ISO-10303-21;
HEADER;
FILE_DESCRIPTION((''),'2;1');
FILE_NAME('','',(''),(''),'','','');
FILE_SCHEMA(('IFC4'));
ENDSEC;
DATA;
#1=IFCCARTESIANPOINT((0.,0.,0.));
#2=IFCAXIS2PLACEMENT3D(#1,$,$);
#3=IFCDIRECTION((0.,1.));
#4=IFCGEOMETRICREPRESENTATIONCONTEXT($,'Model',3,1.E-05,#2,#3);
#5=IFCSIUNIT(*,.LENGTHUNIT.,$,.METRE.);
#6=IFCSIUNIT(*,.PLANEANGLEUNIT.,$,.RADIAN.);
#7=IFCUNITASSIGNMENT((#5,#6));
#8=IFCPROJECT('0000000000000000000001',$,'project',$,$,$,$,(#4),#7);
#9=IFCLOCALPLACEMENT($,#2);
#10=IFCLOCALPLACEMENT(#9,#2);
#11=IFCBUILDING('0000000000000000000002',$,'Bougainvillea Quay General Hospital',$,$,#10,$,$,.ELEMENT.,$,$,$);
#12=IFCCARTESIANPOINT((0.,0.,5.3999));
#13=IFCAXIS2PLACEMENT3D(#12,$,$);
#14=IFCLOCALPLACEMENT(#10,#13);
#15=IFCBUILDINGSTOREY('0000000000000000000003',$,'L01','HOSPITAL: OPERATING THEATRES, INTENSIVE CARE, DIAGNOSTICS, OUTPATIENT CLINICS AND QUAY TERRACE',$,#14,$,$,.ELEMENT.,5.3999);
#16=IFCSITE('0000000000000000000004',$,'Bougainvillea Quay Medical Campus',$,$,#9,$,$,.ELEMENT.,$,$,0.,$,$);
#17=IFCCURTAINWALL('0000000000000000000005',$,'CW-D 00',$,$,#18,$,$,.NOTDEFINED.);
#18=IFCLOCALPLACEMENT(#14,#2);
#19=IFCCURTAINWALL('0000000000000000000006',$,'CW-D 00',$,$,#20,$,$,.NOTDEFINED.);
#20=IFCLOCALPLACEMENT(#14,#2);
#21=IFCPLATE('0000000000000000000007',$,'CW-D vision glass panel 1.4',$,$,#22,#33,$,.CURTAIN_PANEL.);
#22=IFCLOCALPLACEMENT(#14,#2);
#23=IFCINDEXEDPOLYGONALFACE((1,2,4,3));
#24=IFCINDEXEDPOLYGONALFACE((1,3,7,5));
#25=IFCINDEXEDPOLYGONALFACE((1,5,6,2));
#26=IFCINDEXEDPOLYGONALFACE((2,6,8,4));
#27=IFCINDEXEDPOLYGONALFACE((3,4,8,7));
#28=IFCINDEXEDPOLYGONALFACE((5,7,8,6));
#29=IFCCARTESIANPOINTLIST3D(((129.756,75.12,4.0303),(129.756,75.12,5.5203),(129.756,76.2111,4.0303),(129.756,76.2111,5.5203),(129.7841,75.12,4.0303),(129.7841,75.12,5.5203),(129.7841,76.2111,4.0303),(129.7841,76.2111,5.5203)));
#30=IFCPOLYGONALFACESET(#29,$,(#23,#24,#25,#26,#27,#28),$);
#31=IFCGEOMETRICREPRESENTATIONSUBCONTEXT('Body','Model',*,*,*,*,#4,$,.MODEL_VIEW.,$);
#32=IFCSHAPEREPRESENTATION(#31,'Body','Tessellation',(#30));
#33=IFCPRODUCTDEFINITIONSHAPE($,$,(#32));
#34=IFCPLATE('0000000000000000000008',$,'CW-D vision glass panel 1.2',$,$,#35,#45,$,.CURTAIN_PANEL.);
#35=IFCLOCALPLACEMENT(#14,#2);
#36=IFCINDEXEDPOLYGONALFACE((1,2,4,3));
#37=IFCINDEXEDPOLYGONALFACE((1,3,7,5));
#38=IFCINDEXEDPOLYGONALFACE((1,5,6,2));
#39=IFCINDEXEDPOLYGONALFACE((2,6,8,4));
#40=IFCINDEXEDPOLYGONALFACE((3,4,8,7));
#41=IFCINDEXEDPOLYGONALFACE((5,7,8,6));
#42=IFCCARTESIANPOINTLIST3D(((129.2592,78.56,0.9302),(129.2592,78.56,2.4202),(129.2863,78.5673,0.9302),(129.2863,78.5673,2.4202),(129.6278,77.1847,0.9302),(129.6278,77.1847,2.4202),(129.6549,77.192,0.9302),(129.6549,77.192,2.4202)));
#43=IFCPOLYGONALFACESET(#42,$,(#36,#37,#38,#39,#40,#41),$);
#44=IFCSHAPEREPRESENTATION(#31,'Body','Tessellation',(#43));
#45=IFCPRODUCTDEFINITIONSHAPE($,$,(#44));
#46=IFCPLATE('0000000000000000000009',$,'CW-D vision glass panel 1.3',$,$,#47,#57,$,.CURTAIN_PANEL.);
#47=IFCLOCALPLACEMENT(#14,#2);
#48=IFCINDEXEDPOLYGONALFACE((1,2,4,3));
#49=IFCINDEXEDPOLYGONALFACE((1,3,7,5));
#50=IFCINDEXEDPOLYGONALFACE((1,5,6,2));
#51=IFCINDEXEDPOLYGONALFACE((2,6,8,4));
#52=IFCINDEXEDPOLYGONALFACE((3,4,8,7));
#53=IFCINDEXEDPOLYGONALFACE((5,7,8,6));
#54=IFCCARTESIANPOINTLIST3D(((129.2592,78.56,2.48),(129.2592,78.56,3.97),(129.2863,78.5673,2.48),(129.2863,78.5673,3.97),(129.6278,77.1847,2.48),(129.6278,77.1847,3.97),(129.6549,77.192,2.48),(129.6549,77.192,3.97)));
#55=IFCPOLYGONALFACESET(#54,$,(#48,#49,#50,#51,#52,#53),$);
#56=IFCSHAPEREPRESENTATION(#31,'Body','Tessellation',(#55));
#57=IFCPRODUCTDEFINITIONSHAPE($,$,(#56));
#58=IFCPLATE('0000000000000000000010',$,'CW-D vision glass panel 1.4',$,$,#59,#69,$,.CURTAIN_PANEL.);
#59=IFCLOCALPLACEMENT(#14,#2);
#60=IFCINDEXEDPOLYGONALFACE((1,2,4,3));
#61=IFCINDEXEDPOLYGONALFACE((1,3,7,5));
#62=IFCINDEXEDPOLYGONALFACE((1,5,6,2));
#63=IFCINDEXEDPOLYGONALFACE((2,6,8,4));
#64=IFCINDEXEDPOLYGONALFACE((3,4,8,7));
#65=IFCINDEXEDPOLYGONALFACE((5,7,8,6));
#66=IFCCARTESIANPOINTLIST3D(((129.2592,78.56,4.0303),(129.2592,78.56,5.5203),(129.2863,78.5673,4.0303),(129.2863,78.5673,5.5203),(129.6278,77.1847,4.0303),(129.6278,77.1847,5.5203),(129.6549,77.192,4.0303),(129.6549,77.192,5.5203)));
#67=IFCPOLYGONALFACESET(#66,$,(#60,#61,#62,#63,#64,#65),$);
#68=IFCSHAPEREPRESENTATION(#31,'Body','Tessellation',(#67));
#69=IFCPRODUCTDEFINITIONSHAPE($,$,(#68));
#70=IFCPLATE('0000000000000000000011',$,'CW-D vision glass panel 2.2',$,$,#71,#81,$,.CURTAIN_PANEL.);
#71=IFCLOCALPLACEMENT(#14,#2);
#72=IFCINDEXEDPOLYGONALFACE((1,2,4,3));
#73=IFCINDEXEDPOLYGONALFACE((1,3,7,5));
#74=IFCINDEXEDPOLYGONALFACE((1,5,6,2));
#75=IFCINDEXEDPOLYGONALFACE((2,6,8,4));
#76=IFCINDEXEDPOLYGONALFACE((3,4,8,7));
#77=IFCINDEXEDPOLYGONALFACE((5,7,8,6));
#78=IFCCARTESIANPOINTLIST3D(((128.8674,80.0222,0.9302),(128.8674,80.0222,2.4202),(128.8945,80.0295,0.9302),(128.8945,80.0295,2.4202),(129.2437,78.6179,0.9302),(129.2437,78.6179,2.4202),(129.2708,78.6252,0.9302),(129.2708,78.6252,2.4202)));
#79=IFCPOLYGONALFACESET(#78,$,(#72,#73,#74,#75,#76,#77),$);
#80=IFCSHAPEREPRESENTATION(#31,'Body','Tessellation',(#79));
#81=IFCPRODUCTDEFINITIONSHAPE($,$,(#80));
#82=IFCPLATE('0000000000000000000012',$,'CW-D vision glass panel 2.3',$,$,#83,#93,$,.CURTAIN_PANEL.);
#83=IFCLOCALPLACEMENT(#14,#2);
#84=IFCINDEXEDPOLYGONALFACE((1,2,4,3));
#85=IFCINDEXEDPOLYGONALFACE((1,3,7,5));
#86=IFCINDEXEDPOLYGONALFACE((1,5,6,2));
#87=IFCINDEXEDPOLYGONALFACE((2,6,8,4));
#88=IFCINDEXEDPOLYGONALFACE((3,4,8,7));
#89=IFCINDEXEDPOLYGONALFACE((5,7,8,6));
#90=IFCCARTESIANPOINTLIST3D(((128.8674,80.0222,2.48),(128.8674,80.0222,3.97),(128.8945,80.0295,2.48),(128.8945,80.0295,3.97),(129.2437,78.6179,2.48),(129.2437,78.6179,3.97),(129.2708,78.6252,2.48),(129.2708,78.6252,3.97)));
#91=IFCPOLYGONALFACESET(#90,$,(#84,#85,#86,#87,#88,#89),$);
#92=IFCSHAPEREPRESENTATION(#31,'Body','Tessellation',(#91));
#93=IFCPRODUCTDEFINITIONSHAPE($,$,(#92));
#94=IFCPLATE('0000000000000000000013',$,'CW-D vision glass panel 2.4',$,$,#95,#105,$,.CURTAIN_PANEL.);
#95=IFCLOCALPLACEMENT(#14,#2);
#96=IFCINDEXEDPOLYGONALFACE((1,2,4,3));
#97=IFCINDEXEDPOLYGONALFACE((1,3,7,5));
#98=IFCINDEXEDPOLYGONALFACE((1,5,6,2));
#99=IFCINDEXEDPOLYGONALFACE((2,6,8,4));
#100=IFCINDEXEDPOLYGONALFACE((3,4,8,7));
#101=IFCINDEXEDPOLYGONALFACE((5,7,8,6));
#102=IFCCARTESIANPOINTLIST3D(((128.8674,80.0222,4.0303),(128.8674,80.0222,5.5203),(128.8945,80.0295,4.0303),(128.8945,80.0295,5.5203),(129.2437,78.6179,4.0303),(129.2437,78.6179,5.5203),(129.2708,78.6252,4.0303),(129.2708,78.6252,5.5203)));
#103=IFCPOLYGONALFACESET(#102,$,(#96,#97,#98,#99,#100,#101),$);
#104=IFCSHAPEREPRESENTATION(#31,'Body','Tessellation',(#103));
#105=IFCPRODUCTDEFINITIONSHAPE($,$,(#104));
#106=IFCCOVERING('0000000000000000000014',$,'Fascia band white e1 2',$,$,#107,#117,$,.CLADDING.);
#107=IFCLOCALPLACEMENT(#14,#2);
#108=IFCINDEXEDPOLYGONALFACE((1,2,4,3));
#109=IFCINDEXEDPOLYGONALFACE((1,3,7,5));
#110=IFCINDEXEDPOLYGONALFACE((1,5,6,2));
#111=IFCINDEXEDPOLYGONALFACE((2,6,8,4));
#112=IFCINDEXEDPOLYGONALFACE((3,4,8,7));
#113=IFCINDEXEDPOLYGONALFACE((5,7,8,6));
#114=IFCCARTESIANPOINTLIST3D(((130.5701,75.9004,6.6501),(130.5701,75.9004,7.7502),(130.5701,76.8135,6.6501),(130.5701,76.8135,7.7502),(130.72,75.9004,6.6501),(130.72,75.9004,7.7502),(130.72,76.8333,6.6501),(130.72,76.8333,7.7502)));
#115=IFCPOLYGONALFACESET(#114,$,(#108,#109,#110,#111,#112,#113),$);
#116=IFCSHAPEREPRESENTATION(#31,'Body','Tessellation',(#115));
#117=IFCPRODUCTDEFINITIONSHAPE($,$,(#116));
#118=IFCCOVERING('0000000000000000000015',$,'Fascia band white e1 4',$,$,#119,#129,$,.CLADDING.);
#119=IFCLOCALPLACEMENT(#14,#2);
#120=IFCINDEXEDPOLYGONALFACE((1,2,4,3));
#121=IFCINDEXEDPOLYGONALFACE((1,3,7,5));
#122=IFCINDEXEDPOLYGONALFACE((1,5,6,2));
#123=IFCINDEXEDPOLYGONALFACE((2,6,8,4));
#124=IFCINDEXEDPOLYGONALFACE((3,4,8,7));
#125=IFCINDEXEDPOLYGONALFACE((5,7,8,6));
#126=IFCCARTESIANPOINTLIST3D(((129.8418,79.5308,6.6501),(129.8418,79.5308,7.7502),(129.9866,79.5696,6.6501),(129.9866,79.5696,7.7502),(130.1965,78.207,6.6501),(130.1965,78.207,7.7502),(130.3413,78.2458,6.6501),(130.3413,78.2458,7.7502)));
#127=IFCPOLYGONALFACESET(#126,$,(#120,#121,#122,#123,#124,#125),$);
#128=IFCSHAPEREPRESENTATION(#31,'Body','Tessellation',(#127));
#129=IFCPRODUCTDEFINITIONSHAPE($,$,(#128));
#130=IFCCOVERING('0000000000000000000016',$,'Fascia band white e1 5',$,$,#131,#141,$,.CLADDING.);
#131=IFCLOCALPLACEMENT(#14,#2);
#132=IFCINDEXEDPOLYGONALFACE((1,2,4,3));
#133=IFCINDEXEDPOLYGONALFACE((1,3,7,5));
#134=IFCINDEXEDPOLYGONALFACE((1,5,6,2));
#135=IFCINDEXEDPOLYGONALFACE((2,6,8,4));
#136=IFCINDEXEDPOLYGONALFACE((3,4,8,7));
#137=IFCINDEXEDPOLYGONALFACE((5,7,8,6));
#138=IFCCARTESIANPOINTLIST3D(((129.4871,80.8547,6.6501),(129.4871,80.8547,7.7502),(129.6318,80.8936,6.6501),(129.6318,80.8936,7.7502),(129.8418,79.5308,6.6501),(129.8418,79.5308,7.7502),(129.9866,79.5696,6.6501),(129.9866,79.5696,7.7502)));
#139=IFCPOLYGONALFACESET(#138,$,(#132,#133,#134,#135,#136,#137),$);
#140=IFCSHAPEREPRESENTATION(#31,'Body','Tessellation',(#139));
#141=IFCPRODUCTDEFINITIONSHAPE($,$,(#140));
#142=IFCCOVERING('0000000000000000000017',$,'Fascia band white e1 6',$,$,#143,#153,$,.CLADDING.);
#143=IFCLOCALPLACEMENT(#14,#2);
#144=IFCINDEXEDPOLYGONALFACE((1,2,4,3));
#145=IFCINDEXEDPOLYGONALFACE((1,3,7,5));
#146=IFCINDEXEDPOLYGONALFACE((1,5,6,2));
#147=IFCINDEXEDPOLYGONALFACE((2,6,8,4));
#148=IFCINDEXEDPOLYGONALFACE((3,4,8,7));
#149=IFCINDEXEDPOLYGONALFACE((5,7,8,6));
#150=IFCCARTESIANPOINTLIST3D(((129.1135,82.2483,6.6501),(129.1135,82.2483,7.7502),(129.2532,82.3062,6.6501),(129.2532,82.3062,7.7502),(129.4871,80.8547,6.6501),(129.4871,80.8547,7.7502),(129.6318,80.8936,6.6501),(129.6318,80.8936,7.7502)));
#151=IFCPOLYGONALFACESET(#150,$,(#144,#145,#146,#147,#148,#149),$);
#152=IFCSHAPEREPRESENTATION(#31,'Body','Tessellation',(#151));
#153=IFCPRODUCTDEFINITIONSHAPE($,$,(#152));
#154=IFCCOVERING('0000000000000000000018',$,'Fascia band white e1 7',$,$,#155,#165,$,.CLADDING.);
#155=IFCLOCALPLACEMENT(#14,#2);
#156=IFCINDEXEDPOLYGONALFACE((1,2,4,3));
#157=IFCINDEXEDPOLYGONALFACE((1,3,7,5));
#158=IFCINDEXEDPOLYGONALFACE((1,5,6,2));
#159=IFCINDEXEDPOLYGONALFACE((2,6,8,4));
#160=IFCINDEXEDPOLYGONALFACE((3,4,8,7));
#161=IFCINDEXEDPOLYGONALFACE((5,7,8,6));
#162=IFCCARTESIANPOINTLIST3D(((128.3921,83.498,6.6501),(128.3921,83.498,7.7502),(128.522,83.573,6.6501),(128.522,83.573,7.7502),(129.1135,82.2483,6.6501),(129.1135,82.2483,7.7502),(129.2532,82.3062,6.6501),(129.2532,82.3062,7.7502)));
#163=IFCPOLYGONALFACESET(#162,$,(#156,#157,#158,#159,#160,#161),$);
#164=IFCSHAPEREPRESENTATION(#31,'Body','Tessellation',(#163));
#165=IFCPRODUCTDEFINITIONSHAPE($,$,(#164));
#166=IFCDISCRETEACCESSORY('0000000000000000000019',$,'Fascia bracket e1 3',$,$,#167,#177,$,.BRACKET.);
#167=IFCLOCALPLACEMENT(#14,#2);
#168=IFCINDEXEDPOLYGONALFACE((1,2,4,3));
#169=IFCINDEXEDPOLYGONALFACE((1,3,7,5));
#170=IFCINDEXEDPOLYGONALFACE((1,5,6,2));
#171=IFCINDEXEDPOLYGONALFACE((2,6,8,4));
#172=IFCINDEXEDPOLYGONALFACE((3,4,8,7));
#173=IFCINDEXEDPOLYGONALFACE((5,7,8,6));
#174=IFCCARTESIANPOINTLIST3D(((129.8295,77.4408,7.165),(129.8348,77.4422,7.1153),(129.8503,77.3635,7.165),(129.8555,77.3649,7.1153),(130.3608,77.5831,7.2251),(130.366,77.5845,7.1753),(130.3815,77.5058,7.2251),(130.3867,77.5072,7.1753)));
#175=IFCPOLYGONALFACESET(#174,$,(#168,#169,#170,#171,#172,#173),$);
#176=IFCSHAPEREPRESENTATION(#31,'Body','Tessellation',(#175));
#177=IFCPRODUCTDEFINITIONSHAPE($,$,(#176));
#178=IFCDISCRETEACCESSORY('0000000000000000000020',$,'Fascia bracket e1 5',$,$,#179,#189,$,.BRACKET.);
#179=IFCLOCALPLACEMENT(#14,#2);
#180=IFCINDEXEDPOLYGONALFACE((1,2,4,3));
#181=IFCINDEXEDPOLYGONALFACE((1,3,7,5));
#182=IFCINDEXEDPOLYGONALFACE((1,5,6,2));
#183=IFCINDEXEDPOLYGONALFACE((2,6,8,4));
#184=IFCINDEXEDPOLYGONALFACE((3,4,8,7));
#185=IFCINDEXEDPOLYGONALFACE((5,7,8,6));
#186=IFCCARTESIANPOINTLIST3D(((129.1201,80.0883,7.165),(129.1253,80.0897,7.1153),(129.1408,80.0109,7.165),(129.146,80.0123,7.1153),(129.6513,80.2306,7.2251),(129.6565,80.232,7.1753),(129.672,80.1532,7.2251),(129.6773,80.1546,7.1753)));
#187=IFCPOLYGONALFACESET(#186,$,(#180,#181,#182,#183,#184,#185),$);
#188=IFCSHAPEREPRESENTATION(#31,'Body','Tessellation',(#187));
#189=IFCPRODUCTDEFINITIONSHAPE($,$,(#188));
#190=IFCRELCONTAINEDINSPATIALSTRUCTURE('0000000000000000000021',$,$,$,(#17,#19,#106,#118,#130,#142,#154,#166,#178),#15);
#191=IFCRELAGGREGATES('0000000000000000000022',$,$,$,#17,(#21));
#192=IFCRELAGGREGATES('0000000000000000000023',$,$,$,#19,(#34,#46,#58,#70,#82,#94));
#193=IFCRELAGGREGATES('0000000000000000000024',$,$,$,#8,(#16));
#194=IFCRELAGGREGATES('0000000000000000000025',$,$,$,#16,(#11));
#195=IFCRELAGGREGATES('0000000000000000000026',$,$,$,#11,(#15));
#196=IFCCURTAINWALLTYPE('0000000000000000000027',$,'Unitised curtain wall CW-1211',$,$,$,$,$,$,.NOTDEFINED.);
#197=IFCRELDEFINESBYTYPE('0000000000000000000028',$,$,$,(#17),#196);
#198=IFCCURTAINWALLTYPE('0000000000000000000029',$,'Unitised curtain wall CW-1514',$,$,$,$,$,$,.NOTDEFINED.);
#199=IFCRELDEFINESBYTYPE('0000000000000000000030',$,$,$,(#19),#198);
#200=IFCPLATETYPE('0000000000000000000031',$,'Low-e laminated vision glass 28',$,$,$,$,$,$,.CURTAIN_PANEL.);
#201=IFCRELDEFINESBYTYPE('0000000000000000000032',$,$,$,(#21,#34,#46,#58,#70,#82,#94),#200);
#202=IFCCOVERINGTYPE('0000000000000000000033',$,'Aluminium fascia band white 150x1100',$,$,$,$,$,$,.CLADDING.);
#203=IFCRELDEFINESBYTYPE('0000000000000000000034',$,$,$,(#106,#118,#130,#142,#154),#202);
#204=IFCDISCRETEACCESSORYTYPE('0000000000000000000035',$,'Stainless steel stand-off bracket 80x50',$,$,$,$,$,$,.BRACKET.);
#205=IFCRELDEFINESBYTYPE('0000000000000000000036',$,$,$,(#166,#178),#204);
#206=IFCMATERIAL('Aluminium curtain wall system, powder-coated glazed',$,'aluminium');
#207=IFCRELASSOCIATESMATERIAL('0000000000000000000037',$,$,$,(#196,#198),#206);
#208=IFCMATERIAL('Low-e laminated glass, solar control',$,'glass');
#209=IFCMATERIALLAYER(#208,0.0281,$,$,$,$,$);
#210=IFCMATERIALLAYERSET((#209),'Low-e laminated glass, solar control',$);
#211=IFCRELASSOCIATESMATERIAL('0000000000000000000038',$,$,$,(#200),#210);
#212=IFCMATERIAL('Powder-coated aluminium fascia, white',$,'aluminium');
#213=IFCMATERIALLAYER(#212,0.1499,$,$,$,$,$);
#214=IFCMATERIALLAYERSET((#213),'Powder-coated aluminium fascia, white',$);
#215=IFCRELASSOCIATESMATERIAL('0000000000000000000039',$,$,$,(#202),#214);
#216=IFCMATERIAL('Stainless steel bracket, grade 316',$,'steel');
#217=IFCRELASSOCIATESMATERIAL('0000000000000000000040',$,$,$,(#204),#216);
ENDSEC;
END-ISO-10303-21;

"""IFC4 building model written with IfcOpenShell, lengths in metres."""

from ifc_helpers import new_model, si_unit, direction, frame, origin, origin_2d, place, context, subcontext, project, spatial, polyline, rectangle, outline, extrude, material, layer, layer_set, material_profile, profile_set, type_object, element, aggregate, save


model = new_model("IFC4")

# Units and contexts
model_context = context("Model", 3, precision=1e-05, world=origin(), true_north=direction((0.0, 1.0)))
body_context = subcontext(model_context, "Body", "Model", "MODEL_VIEW")
ifc_project = project(units=[si_unit("LENGTHUNIT", "METRE"), si_unit("PLANEANGLEUNIT", "RADIAN")], contexts=[model_context])

# Site, building, storey
site_placement = place(None, origin())
site = spatial("IfcSite", under=ifc_project, at=site_placement, Name="Bougainvillea Quay Medical Campus", CompositionType="ELEMENT", RefElevation=0.0)
building_placement = place(site_placement, origin())
building = spatial("IfcBuilding", under=site, at=building_placement, Name="Bougainvillea Quay General Hospital", CompositionType="ELEMENT")
storey_placement = place(building_placement, frame((0.0, 0.0, 5.3999)))
storey = spatial("IfcBuildingStorey", under=building, at=storey_placement, Name="L01", Description="HOSPITAL: OPERATING THEATRES, INTENSIVE CARE, DIAGNOSTICS, OUTPATIENT CLINICS AND QUAY TERRACE", CompositionType="ELEMENT", Elevation=5.3999)

# Curtain wall
ifc_material_1 = material(Name="Aluminium curtain wall system, powder-coated glazed", Category="aluminium")
curtain_wall_type_1 = type_object("IfcCurtainWallType", Name="Unitised curtain wall CW-1211", PredefinedType="NOTDEFINED", material=ifc_material_1)
curtain_wall_1_placement = place(storey_placement, origin())
curtain_wall_1 = element("IfcCurtainWall", 1, at=curtain_wall_1_placement, inside=storey, type_object=curtain_wall_type_1, Name="CW-D 00", PredefinedType="NOTDEFINED")

# Curtain wall
curtain_wall_type_2 = type_object("IfcCurtainWallType", Name="Unitised curtain wall CW-1514", PredefinedType="NOTDEFINED", material=ifc_material_1)
curtain_wall_2_placement = place(storey_placement, origin())
curtain_wall_2 = element("IfcCurtainWall", 2, at=curtain_wall_2_placement, inside=storey, type_object=curtain_wall_type_2, Name="CW-D 00", PredefinedType="NOTDEFINED")

# Plates
ifc_material_2 = material(Name="Low-e laminated glass, solar control", Category="glass")
ifc_layer_1 = layer(ifc_material_2, 0.0281)
ifc_layer_set_1 = layer_set([ifc_layer_1], Name="Low-e laminated glass, solar control")
plate_type_1 = type_object("IfcPlateType", Name="Low-e laminated vision glass 28", PredefinedType="CURTAIN_PANEL", material=ifc_layer_set_1)
plate_1_placement = place(storey_placement, frame((129.77, 75.6655, 4.0303), z_axis=(0.0, 0.0, 1.0), x_axis=(0.0, 1.0, 0.0)))
plate_1 = element("IfcPlate", 3, at=plate_1_placement, type_object=plate_type_1, Name="CW-D vision glass panel 1.4", PredefinedType="CURTAIN_PANEL", context=body_context, shape_type="SweptSolid", body=[
    extrude(rectangle(XDim=1.0911, YDim=0.0281, at=origin_2d()), origin(), (0.0, 0.0, 1.0), 1.49),
])
aggregate(curtain_wall_1, [plate_1])
plate_2_placement = place(storey_placement, frame((129.457, 77.876, 0.9302), z_axis=(0.0, 0.0, 1.0), x_axis=(-0.258855, 0.965916, 0.0)))
plate_2 = element("IfcPlate", 4, at=plate_2_placement, type_object=plate_type_1, Name="CW-D vision glass panel 1.2", PredefinedType="CURTAIN_PANEL", context=body_context, shape_type="SweptSolid", body=[
    extrude(rectangle(XDim=1.4238, YDim=0.0281, at=origin_2d()), origin(), (0.0, 0.0, 1.0), 1.49),
])
plate_3_placement = place(storey_placement, frame((129.457, 77.876, 2.48), z_axis=(0.0, 0.0, 1.0), x_axis=(-0.258855, 0.965916, 0.0)))
plate_3 = element("IfcPlate", 5, at=plate_3_placement, type_object=plate_type_1, Name="CW-D vision glass panel 1.3", PredefinedType="CURTAIN_PANEL", context=body_context, shape_type="SweptSolid", body=[
    extrude(rectangle(XDim=1.4238, YDim=0.0281, at=origin_2d()), origin(), (0.0, 0.0, 1.0), 1.49),
])
plate_4_placement = place(storey_placement, frame((129.457, 77.876, 4.0303), z_axis=(0.0, 0.0, 1.0), x_axis=(-0.258855, 0.965916, 0.0)))
plate_4 = element("IfcPlate", 6, at=plate_4_placement, type_object=plate_type_1, Name="CW-D vision glass panel 1.4", PredefinedType="CURTAIN_PANEL", context=body_context, shape_type="SweptSolid", body=[
    extrude(rectangle(XDim=1.4238, YDim=0.0281, at=origin_2d()), origin(), (0.0, 0.0, 1.0), 1.49),
])
plate_5_placement = place(storey_placement, frame((129.0691, 79.3237, 0.9302), z_axis=(0.0, 0.0, 1.0), x_axis=(-0.258855, 0.965916, 0.0)))
plate_5 = element("IfcPlate", 7, at=plate_5_placement, type_object=plate_type_1, Name="CW-D vision glass panel 2.2", PredefinedType="CURTAIN_PANEL", context=body_context, shape_type="SweptSolid", body=[
    extrude(rectangle(XDim=1.4539, YDim=0.0281, at=origin_2d()), origin(), (0.0, 0.0, 1.0), 1.49),
])
plate_6_placement = place(storey_placement, frame((129.0691, 79.3237, 2.48), z_axis=(0.0, 0.0, 1.0), x_axis=(-0.258855, 0.965916, 0.0)))
plate_6 = element("IfcPlate", 8, at=plate_6_placement, type_object=plate_type_1, Name="CW-D vision glass panel 2.3", PredefinedType="CURTAIN_PANEL", context=body_context, shape_type="SweptSolid", body=[
    extrude(rectangle(XDim=1.4539, YDim=0.0281, at=origin_2d()), origin(), (0.0, 0.0, 1.0), 1.49),
])
plate_7_placement = place(storey_placement, frame((129.0691, 79.3237, 4.0303), z_axis=(0.0, 0.0, 1.0), x_axis=(-0.258855, 0.965916, 0.0)))
plate_7 = element("IfcPlate", 9, at=plate_7_placement, type_object=plate_type_1, Name="CW-D vision glass panel 2.4", PredefinedType="CURTAIN_PANEL", context=body_context, shape_type="SweptSolid", body=[
    extrude(rectangle(XDim=1.4539, YDim=0.0281, at=origin_2d()), origin(), (0.0, 0.0, 1.0), 1.49),
])
aggregate(curtain_wall_2, [plate_2, plate_3, plate_4, plate_5, plate_6, plate_7])

# Coverings
ifc_material_3 = material(Name="Powder-coated aluminium fascia, white", Category="aluminium")
ifc_layer_2 = layer(ifc_material_3, 0.1499)
ifc_layer_set_2 = layer_set([ifc_layer_2], Name="Powder-coated aluminium fascia, white")
covering_type = type_object("IfcCoveringType", Name="Aluminium fascia band white 150x1100", PredefinedType="CLADDING", material=ifc_layer_set_2)
covering_1_placement = place(storey_placement, frame((130.5701, 75.9004, 6.6501), z_axis=(0.0, 0.0, 1.0), x_axis=(0.0, 1.0, 0.0)))
element("IfcCovering", 10, at=covering_1_placement, inside=storey, type_object=covering_type, Name="Fascia band white e1 2", PredefinedType="CLADDING", context=body_context, shape_type="SweptSolid", body=[
    extrude(outline(polyline([(0.0, 0.0), (0.9131, 0.0), (0.9329, -0.1499), (0.0, -0.1499), (0.0, 0.0)])), origin(), (0.0, 0.0, 1.0), 1.1001),
])
covering_2_placement = place(storey_placement, frame((130.1965, 78.207, 6.6501), z_axis=(0.0, 0.0, 1.0), x_axis=(-0.258849, 0.965918, 0.0)))
element("IfcCovering", 11, at=covering_2_placement, inside=storey, type_object=covering_type, Name="Fascia band white e1 4", PredefinedType="CLADDING", context=body_context, shape_type="SweptSolid", body=[
    extrude(outline(polyline([(0.0, 0.0), (1.3704, 0.0), (1.3705, -0.1499), (0.0, -0.1499), (0.0, 0.0)])), origin(), (0.0, 0.0, 1.0), 1.1001),
])
covering_3_placement = place(storey_placement, frame((129.8418, 79.5308, 6.6501), z_axis=(0.0, 0.0, 1.0), x_axis=(-0.258804, 0.96593, 0.0)))
element("IfcCovering", 12, at=covering_3_placement, inside=storey, type_object=covering_type, Name="Fascia band white e1 5", PredefinedType="CLADDING", context=body_context, shape_type="SweptSolid", body=[
    extrude(outline(polyline([(0.0, 0.0), (1.3707, 0.0), (1.3707, -0.1499), (0.0, -0.1499), (0.0, 0.0)])), origin(), (0.0, 0.0, 1.0), 1.1001),
])
covering_4_placement = place(storey_placement, frame((129.4871, 80.8547, 6.6501), z_axis=(0.0, 0.0, 1.0), x_axis=(-0.258905, 0.965903, 0.0)))
element("IfcCovering", 13, at=covering_4_placement, inside=storey, type_object=covering_type, Name="Fascia band white e1 6", PredefinedType="CLADDING", context=body_context, shape_type="SweptSolid", body=[
    extrude(outline(polyline([(0.0, 0.0), (1.4427, 0.0), (1.4625, -0.1499), (0.0, -0.1499), (0.0, 0.0)])), origin(), (0.0, 0.0, 1.0), 1.1001),
])
covering_5_placement = place(storey_placement, frame((129.1135, 82.2483, 6.6501), z_axis=(0.0, 0.0, 1.0), x_axis=(-0.499942, 0.866059, 0.0)))
element("IfcCovering", 14, at=covering_5_placement, inside=storey, type_object=covering_type, Name="Fascia band white e1 7", PredefinedType="CLADDING", context=body_context, shape_type="SweptSolid", body=[
    extrude(outline(polyline([(0.0, 0.0), (1.443, 0.0), (1.443, -0.15), (-0.0197, -0.1499), (0.0, 0.0)])), origin(), (0.0, 0.0, 1.0), 1.1001),
])

# Discrete accessories
ifc_material_4 = material(Name="Stainless steel bracket, grade 316", Category="steel")
ifc_material_profile_1 = material_profile(ifc_material_4, rectangle(XDim=0.0801, YDim=0.05, at=origin_2d()))
ifc_profile_set_1 = profile_set([ifc_material_profile_1], Name="Stainless steel bracket, grade 316")
discrete_accessory_type = type_object("IfcDiscreteAccessoryType", Name="Stainless steel stand-off bracket 80x50", PredefinedType="BRACKET", material=ifc_profile_set_1)
for number, where, z_axis, x_axis, name in (
    (15, (129.8425, 77.4028, 7.1401), (0.960224, 0.257266, 0.108555), (-0.258795, 0.965932, 0.0), "Fascia bracket e1 3"),
    (16, (129.1331, 80.0503, 7.1401), (0.960224, 0.257266, 0.108555), (-0.258795, 0.965932, 0.0), "Fascia bracket e1 5"),
):
    element("IfcDiscreteAccessory", number, at=place(storey_placement, frame(where, z_axis=z_axis, x_axis=x_axis)), inside=storey, type_object=discrete_accessory_type, Name=name, PredefinedType="BRACKET", context=body_context, shape_type="SweptSolid", body=[
        extrude(rectangle(XDim=0.0801, YDim=0.05, at=origin_2d()), origin(), (0.0, 0.0, 1.0), 0.5532),
    ])

save(model, "model.ifc")
